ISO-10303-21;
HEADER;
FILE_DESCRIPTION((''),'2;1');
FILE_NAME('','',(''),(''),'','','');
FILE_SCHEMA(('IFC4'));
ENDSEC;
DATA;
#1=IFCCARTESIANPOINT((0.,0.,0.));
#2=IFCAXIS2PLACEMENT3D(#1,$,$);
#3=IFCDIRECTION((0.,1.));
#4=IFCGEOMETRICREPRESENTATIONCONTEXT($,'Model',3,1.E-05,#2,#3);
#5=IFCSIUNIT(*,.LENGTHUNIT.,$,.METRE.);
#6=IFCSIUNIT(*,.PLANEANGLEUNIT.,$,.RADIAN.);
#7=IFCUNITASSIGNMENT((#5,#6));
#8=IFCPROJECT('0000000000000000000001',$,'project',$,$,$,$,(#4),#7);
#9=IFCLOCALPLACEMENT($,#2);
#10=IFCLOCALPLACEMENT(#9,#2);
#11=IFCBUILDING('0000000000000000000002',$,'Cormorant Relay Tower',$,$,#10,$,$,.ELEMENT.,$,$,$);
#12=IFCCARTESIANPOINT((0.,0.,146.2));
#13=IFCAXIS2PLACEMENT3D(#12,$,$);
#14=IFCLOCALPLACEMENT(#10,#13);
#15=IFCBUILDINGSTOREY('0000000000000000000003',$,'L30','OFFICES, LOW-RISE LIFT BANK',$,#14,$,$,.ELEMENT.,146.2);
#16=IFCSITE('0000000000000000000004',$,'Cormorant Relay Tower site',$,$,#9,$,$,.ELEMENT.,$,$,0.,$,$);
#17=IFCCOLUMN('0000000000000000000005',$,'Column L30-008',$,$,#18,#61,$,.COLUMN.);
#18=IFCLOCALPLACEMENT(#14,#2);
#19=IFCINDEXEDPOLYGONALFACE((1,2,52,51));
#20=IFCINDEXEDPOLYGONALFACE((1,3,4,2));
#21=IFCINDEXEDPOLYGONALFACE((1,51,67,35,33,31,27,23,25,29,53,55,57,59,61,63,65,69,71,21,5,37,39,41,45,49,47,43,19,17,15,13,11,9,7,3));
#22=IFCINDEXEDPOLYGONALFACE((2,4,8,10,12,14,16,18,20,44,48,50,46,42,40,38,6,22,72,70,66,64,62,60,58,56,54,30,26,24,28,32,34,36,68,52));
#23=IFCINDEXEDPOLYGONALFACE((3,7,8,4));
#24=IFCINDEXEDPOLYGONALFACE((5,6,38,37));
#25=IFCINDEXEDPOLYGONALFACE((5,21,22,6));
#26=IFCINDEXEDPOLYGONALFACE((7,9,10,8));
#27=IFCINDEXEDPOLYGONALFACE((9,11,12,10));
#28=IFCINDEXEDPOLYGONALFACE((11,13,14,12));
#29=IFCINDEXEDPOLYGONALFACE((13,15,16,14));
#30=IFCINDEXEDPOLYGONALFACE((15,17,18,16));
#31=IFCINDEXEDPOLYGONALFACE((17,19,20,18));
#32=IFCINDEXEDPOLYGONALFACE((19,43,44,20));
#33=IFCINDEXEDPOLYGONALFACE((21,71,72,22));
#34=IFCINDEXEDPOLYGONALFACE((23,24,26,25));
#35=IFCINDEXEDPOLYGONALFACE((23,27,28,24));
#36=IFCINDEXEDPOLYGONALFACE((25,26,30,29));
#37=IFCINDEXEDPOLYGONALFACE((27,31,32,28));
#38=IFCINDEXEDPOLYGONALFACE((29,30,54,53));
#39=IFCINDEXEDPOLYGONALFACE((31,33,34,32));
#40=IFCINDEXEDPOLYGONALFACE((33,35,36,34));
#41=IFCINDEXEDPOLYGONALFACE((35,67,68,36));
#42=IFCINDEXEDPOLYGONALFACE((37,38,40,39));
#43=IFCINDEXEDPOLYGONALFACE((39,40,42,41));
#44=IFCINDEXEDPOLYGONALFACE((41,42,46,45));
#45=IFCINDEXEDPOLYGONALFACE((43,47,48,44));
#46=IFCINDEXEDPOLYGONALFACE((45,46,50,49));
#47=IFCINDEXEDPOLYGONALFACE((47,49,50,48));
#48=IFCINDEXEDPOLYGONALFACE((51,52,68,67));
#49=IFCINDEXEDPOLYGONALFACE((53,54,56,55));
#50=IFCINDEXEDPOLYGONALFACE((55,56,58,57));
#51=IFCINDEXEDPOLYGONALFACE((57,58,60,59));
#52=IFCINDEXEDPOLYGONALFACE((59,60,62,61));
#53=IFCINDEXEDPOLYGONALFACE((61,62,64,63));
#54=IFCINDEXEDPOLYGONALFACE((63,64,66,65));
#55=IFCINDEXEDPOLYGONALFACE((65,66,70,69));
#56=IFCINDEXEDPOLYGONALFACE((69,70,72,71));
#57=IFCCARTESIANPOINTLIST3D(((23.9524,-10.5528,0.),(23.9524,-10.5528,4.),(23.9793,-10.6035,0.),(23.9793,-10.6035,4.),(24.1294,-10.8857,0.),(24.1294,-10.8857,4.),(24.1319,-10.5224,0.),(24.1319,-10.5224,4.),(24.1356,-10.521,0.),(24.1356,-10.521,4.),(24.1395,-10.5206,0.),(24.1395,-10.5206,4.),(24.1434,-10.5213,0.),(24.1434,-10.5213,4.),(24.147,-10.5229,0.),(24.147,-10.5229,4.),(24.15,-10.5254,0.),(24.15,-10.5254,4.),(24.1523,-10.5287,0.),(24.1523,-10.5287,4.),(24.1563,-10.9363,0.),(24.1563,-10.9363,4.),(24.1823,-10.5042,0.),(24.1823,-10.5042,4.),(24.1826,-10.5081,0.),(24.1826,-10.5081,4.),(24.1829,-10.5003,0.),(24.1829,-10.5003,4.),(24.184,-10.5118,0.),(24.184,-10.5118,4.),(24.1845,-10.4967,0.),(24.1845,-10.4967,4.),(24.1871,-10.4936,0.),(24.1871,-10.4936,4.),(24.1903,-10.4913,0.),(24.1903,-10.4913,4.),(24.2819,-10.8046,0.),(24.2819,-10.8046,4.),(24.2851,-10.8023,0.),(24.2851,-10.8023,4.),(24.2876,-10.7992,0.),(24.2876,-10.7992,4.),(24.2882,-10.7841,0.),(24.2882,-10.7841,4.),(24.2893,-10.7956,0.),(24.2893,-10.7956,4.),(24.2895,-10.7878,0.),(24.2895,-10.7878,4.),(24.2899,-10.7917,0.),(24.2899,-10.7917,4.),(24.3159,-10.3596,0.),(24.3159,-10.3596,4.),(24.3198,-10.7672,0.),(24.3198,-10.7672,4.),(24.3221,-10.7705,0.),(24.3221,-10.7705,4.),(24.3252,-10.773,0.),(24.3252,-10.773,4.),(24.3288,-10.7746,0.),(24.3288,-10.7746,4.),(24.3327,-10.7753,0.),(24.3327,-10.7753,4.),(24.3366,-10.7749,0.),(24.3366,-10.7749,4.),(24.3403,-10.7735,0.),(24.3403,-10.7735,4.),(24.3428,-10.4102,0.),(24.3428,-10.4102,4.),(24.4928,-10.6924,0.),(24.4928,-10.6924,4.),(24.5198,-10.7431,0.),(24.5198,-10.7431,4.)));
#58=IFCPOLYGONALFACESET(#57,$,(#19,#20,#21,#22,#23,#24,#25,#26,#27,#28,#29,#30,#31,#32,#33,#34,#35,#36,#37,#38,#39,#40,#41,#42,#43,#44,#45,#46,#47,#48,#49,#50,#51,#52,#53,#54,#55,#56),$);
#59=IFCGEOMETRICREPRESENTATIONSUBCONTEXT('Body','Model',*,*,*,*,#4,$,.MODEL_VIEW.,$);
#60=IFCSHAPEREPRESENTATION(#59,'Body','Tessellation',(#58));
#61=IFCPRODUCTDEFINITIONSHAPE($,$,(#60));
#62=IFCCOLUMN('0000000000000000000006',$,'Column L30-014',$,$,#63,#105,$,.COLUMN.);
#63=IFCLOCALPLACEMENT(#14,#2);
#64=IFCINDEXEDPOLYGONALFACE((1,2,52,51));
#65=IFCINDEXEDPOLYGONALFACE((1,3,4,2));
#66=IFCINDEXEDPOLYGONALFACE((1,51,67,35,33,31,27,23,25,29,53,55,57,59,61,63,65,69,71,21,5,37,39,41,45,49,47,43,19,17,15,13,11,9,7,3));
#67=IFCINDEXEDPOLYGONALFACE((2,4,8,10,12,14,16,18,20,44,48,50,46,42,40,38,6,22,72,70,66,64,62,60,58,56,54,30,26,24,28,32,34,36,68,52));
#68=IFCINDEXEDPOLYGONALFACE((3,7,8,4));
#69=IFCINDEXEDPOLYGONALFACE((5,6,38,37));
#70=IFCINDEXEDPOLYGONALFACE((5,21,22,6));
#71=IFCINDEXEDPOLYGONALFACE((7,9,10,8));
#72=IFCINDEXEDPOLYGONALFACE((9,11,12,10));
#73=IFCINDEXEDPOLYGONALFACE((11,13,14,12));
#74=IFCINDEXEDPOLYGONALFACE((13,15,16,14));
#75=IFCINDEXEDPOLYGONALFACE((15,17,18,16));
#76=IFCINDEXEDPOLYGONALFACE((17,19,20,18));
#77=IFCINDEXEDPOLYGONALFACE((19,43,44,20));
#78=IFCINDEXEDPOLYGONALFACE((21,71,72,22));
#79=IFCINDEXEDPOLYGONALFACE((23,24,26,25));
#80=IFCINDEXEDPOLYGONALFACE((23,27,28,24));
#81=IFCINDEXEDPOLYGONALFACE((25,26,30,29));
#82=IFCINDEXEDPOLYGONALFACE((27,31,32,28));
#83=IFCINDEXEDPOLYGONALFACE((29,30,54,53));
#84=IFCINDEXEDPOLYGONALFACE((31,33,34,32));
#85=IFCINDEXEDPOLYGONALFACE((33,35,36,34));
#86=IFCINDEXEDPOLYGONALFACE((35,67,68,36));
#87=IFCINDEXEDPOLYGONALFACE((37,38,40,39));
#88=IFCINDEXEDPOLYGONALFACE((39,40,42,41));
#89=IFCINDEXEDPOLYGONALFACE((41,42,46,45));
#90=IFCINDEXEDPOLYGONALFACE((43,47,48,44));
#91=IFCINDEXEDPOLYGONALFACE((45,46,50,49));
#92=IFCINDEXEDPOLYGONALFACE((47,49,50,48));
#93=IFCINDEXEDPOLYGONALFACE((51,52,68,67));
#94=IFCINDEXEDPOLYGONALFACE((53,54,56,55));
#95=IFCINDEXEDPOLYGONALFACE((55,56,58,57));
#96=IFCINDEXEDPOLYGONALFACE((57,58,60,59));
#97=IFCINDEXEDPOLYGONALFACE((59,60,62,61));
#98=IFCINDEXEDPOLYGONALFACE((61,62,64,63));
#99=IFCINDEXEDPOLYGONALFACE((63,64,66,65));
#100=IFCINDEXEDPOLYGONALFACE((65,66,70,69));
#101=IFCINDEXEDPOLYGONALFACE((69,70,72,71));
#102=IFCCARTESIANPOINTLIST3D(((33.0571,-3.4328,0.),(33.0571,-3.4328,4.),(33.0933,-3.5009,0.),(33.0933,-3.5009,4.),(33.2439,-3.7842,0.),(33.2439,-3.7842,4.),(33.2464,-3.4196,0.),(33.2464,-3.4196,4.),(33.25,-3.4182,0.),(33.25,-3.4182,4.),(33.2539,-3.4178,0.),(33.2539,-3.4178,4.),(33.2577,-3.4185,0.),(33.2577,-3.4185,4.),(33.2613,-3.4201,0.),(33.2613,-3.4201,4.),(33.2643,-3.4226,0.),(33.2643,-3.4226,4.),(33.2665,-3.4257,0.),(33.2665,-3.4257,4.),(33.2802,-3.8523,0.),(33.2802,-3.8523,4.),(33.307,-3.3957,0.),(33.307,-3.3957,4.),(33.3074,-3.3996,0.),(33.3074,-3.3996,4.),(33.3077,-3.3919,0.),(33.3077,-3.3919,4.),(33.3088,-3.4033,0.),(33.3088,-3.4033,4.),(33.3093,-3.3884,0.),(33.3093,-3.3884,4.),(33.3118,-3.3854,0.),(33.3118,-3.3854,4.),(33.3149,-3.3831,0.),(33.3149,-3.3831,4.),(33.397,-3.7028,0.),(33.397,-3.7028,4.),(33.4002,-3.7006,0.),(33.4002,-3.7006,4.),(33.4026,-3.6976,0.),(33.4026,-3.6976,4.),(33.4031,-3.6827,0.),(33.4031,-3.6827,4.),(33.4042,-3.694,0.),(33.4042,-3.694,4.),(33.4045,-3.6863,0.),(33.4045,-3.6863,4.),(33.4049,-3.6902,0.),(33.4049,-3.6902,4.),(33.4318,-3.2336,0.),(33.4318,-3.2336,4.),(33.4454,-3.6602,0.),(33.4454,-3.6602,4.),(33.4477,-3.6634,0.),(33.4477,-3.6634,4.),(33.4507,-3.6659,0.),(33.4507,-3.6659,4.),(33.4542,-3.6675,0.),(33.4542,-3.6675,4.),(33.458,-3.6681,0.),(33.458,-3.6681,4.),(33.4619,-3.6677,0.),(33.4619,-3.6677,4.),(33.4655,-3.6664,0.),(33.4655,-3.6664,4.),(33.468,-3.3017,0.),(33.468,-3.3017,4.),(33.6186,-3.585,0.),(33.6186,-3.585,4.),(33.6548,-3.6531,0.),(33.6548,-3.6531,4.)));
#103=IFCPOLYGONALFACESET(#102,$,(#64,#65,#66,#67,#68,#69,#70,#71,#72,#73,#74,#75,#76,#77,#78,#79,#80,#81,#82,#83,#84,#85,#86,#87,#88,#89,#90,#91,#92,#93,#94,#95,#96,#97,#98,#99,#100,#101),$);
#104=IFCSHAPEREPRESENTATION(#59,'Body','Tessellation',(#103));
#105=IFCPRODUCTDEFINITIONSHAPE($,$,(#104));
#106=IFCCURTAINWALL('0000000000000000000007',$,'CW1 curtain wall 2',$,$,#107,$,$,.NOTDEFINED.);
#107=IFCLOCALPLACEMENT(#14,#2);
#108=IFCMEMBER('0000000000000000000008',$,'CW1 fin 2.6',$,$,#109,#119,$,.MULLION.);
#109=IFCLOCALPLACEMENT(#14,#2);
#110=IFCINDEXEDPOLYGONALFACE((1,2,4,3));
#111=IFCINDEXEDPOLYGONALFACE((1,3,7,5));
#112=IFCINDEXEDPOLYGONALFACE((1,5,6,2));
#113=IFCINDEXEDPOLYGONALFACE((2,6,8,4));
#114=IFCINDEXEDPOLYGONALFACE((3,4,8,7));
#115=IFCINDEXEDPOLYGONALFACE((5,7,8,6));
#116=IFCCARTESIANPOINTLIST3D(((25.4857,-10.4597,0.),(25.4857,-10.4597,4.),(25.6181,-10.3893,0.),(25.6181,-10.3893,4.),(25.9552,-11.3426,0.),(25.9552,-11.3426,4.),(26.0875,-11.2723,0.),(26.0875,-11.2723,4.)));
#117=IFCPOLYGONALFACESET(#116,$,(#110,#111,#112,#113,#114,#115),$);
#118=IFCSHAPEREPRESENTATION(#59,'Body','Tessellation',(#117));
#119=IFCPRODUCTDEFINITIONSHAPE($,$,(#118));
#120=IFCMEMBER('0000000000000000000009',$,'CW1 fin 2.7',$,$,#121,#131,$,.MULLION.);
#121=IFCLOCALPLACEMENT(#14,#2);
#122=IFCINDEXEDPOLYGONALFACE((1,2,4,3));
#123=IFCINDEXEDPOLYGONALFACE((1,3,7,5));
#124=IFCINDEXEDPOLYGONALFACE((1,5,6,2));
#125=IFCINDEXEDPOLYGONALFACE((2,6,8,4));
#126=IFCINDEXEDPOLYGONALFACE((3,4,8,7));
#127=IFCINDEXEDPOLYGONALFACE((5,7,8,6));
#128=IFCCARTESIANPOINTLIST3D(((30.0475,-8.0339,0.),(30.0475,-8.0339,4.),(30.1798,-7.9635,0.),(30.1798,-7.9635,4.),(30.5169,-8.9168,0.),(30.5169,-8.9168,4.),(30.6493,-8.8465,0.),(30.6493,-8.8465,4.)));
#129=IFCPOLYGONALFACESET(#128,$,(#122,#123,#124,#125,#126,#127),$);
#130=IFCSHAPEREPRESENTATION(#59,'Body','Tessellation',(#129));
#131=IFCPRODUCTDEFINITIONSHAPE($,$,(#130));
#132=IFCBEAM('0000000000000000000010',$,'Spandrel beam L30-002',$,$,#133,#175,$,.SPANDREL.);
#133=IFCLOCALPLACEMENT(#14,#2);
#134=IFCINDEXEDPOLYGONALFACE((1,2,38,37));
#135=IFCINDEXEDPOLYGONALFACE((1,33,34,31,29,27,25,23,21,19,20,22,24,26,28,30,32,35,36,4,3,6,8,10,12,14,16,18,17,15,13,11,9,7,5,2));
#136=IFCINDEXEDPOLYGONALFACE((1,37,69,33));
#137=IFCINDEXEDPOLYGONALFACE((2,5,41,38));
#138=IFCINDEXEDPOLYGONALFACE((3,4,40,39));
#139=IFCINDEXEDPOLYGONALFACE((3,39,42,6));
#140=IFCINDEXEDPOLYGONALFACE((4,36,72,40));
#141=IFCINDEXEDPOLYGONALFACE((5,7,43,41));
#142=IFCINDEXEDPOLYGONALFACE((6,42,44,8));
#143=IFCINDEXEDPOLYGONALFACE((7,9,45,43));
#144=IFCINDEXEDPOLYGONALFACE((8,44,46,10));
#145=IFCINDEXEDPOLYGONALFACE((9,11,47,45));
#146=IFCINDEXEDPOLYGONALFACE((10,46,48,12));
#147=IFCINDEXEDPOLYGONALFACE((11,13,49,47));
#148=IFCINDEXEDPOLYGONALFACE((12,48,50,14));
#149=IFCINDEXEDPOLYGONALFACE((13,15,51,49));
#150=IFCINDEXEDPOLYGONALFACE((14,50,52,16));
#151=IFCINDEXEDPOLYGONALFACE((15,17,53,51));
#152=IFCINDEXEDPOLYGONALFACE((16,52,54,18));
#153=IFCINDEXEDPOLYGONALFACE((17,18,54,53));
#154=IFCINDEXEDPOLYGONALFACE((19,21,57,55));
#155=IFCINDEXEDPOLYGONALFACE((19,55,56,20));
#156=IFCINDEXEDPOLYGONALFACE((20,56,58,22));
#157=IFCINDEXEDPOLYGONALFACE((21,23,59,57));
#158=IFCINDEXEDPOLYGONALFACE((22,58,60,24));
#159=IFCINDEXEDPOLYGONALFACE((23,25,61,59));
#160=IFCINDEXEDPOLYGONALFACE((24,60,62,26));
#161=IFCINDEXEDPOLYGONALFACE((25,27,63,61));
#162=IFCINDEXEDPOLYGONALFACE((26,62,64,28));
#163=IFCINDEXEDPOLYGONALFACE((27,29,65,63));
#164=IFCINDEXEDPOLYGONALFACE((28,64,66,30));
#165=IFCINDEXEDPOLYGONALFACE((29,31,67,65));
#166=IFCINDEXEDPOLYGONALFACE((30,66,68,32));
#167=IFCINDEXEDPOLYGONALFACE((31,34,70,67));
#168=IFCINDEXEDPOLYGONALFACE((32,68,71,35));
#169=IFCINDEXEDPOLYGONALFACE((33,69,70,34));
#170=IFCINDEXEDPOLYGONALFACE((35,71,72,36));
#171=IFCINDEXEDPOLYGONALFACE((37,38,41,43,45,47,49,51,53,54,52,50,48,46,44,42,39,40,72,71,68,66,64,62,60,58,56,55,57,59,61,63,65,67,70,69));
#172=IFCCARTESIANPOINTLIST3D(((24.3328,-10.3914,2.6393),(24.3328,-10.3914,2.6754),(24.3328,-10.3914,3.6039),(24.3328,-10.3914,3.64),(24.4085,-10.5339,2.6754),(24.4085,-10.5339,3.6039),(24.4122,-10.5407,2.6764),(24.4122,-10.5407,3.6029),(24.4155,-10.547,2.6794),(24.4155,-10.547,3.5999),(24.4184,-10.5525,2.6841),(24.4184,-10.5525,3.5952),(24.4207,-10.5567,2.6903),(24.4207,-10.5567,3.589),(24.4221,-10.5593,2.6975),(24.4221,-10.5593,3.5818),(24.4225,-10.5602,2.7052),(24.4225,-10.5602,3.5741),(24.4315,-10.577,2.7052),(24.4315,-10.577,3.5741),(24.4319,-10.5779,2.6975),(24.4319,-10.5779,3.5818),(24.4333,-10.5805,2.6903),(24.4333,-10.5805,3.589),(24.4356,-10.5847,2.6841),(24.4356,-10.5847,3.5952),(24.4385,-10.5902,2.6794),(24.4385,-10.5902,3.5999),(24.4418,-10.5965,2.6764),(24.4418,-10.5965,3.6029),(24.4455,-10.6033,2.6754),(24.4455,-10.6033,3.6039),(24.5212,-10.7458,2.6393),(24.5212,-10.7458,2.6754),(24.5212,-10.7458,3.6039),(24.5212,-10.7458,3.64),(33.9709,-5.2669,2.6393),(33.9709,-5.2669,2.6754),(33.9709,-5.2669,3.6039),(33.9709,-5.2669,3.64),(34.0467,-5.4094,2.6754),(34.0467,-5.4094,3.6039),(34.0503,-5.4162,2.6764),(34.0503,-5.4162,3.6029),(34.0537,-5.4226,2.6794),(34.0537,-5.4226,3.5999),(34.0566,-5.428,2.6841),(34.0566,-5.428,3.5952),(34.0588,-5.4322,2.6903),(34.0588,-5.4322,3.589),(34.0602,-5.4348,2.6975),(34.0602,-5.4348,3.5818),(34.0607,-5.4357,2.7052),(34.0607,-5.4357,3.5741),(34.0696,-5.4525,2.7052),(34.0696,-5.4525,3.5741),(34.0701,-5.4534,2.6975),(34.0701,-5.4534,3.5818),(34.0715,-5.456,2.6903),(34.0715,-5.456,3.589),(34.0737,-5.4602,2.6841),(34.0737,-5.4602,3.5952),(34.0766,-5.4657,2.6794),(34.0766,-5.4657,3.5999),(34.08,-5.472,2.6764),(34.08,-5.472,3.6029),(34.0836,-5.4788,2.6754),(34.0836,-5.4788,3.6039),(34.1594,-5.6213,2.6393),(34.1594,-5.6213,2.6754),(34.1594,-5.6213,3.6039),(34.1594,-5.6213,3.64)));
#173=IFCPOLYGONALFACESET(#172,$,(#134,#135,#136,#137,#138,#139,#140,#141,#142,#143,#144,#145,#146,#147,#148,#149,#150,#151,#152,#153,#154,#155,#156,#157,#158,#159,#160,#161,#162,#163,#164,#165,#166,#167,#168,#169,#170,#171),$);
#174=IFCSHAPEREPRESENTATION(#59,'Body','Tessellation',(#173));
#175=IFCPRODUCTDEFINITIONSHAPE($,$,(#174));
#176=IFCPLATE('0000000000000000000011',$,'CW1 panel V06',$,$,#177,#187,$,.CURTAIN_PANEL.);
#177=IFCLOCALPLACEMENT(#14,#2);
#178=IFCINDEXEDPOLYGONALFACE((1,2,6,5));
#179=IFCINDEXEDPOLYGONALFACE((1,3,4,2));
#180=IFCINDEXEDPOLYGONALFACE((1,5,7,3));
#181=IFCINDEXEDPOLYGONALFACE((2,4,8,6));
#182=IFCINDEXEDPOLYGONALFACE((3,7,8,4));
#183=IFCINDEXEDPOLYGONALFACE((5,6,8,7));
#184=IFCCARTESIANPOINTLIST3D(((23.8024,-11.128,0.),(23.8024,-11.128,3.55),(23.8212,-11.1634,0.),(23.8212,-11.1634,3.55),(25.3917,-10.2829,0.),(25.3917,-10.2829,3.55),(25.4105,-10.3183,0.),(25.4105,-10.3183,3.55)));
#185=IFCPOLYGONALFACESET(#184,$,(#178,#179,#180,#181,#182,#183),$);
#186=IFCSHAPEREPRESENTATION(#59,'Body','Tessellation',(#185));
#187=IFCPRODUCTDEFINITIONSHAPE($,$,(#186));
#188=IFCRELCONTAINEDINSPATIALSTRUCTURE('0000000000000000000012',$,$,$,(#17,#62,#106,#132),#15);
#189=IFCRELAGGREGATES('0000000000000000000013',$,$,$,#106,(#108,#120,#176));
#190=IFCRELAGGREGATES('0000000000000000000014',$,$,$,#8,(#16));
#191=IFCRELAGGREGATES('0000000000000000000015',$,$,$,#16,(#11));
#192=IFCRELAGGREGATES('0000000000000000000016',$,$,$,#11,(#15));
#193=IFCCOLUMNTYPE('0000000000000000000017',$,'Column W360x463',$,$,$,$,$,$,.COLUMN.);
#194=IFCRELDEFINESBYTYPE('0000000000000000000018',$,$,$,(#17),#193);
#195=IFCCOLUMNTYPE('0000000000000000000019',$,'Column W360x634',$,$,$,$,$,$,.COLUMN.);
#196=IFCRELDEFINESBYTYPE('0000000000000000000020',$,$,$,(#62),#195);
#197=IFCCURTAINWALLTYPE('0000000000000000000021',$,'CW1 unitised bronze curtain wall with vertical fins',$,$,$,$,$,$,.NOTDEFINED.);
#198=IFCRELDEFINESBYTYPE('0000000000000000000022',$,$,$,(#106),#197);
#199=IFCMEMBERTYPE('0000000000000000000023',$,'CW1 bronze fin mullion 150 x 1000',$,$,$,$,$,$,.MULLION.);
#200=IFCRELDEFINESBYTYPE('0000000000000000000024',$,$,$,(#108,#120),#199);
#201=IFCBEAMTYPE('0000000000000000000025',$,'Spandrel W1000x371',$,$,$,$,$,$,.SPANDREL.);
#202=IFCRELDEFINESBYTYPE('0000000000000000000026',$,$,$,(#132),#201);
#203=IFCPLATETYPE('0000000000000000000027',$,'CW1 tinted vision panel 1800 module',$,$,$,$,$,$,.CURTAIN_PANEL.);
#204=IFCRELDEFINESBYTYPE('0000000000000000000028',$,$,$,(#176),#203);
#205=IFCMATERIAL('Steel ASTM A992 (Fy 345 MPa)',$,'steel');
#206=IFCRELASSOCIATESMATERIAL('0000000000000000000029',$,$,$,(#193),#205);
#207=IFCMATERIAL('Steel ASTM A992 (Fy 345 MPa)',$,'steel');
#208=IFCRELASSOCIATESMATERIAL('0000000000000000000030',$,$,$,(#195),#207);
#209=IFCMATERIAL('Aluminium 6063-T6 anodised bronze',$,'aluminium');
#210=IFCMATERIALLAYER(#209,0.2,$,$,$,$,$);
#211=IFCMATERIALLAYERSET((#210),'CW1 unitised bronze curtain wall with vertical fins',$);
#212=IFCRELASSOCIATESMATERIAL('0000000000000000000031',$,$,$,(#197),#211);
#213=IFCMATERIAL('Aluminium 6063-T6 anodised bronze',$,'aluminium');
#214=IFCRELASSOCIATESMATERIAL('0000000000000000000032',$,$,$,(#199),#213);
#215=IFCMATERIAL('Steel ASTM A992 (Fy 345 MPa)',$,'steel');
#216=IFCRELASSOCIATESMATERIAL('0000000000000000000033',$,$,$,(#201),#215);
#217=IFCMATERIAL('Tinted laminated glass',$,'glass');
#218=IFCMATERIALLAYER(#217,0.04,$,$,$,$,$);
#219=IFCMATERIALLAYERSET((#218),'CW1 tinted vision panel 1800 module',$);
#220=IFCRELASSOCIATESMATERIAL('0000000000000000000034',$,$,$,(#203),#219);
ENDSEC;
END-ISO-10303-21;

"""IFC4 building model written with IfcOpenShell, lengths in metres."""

from ifc_helpers import new_model, si_unit, direction, frame, origin, origin_2d, place, context, subcontext, project, spatial, rectangle, i_section, extrude, material, layer, layer_set, material_profile, profile_set, type_object, element, aggregate, save


model = new_model("IFC4")

# Units and contexts
model_context = context("Model", 3, precision=1e-05, world=origin(), true_north=direction((0.0, 1.0)))
body_context = subcontext(model_context, "Body", "Model", "MODEL_VIEW")
ifc_project = project(units=[si_unit("LENGTHUNIT", "METRE"), si_unit("PLANEANGLEUNIT", "RADIAN")], contexts=[model_context])

# Site, building, storey
site_placement = place(None, origin())
site = spatial("IfcSite", under=ifc_project, at=site_placement, Name="Cormorant Relay Tower site", CompositionType="ELEMENT", RefElevation=0.0)
building_placement = place(site_placement, origin())
building = spatial("IfcBuilding", under=site, at=building_placement, Name="Cormorant Relay Tower", CompositionType="ELEMENT")
storey_placement = place(building_placement, frame((0.0, 0.0, 146.2)))
storey = spatial("IfcBuildingStorey", under=building, at=storey_placement, Name="L30", Description="OFFICES, LOW-RISE LIFT BANK", CompositionType="ELEMENT", Elevation=146.2)

# Columns
ifc_material_1 = material(Name="Steel ASTM A992 (Fy 345 MPa)", Category="steel")
ifc_material_profile_1 = material_profile(ifc_material_1, i_section(OverallWidth=0.4116, OverallDepth=0.4343, WebThickness=0.0359, FlangeThickness=0.0574, FilletRadius=0.0151, at=origin_2d()), Name="W360x463")
ifc_profile_set_1 = profile_set([ifc_material_profile_1], Name="Steel ASTM A992 (Fy 345 MPa)")
column_type_1 = type_object("IfcColumnType", Name="Column W360x463", PredefinedType="COLUMN", material=ifc_profile_set_1)
column_1_placement = place(storey_placement, frame((24.2361, -10.6479, 0.0), z_axis=(0.0, 0.0, 1.0), x_axis=(0.882948, 0.469472, 0.0)))
element("IfcColumn", 1, at=column_1_placement, inside=storey, type_object=column_type_1, Name="Column L30-008", PredefinedType="COLUMN", context=body_context, shape_type="SweptSolid", body=[
    extrude(i_section(OverallWidth=0.4116, OverallDepth=0.4343, WebThickness=0.0359, FlangeThickness=0.0574, FilletRadius=0.0151, at=origin_2d()), origin(), (0.0, 0.0, 1.0), 4.0),
])
ifc_material_2 = material(Name="Steel ASTM A992 (Fy 345 MPa)", Category="steel")
ifc_material_profile_2 = material_profile(ifc_material_2, i_section(OverallWidth=0.4243, OverallDepth=0.4751, WebThickness=0.0479, FlangeThickness=0.0771, FilletRadius=0.0149, at=origin_2d()), Name="W360x634")
ifc_profile_set_2 = profile_set([ifc_material_profile_2], Name="Steel ASTM A992 (Fy 345 MPa)")
column_type_2 = type_object("IfcColumnType", Name="Column W360x634", PredefinedType="COLUMN", material=ifc_profile_set_2)
column_2_placement = place(storey_placement, frame((33.356, -3.543, 0.0), z_axis=(0.0, 0.0, 1.0), x_axis=(0.882948, 0.469472, 0.0)))
element("IfcColumn", 2, at=column_2_placement, inside=storey, type_object=column_type_2, Name="Column L30-014", PredefinedType="COLUMN", context=body_context, shape_type="SweptSolid", body=[
    extrude(i_section(OverallWidth=0.4243, OverallDepth=0.4751, WebThickness=0.0479, FlangeThickness=0.0771, FilletRadius=0.0149, at=origin_2d()), origin(), (0.0, 0.0, 1.0), 4.0),
])

# Curtain wall, members
ifc_material_3 = material(Name="Aluminium 6063-T6 anodised bronze", Category="aluminium")
ifc_layer_1 = layer(ifc_material_3, 0.2)
ifc_layer_set_1 = layer_set([ifc_layer_1], Name="CW1 unitised bronze curtain wall with vertical fins")
curtain_wall_type = type_object("IfcCurtainWallType", Name="CW1 unitised bronze curtain wall with vertical fins", PredefinedType="NOTDEFINED", material=ifc_layer_set_1)
curtain_wall_placement = place(storey_placement, origin())
curtain_wall = element("IfcCurtainWall", 3, at=curtain_wall_placement, inside=storey, type_object=curtain_wall_type, Name="CW1 curtain wall 2", PredefinedType="NOTDEFINED")
ifc_material_4 = material(Name="Aluminium 6063-T6 anodised bronze", Category="aluminium")
ifc_material_profile_3 = material_profile(ifc_material_4, rectangle(XDim=0.1499, YDim=1.0, at=origin_2d()), Name="AL 150x1000")
ifc_profile_set_3 = profile_set([ifc_material_profile_3], Name="Aluminium 6063-T6 anodised bronze")
member_type = type_object("IfcMemberType", Name="CW1 bronze fin mullion 150 x 1000", PredefinedType="MULLION", material=ifc_profile_set_3)
member_1_placement = place(storey_placement, frame((25.7866, -10.866, 0.0), z_axis=(0.0, 0.0, 1.0), x_axis=(0.882948, 0.469472, 0.0)))
member_1 = element("IfcMember", 4, at=member_1_placement, type_object=member_type, Name="CW1 fin 2.6", PredefinedType="MULLION", context=body_context, shape_type="SweptSolid", body=[
    extrude(rectangle(XDim=0.1499, YDim=1.0, at=origin_2d()), origin(), (0.0, 0.0, 1.0), 4.0),
])
member_2_placement = place(storey_placement, frame((30.3484, -8.4402, 0.0), z_axis=(0.0, 0.0, 1.0), x_axis=(0.882948, 0.469472, 0.0)))
member_2 = element("IfcMember", 5, at=member_2_placement, type_object=member_type, Name="CW1 fin 2.7", PredefinedType="MULLION", context=body_context, shape_type="SweptSolid", body=[
    extrude(rectangle(XDim=0.1499, YDim=1.0, at=origin_2d()), origin(), (0.0, 0.0, 1.0), 4.0),
])

# Beam
ifc_material_5 = material(Name="Steel ASTM A992 (Fy 345 MPa)", Category="steel")
ifc_material_profile_4 = material_profile(ifc_material_5, i_section(OverallWidth=0.4014, OverallDepth=1.0007, WebThickness=0.019, FlangeThickness=0.0361, FilletRadius=0.0298, at=origin_2d()), Name="W1000x371")
ifc_profile_set_4 = profile_set([ifc_material_profile_4], Name="Steel ASTM A992 (Fy 345 MPa)")
beam_type = type_object("IfcBeamType", Name="Spandrel W1000x371", PredefinedType="SPANDREL", material=ifc_profile_set_4)
beam_placement = place(storey_placement, frame((24.427, -10.5686, 3.1396), z_axis=(0.882955, 0.469457, 0.0), x_axis=(-0.469457, 0.882955, 0.0)))
element("IfcBeam", 6, at=beam_placement, inside=storey, type_object=beam_type, Name="Spandrel beam L30-002", PredefinedType="SPANDREL", context=body_context, shape_type="SweptSolid", body=[
    extrude(i_section(OverallWidth=0.4014, OverallDepth=1.0007, WebThickness=0.019, FlangeThickness=0.0361, FilletRadius=0.0298, at=origin_2d()), origin(), (0.0, 0.0, 1.0), 10.9158),
])

# Plate
ifc_material_6 = material(Name="Tinted laminated glass", Category="glass")
ifc_layer_2 = layer(ifc_material_6, 0.04)
ifc_layer_set_2 = layer_set([ifc_layer_2], Name="CW1 tinted vision panel 1800 module")
plate_type_1 = type_object("IfcPlateType", Name="CW1 tinted vision panel 1800 module", PredefinedType="CURTAIN_PANEL", material=ifc_layer_set_2)
plate_1_placement = place(storey_placement, frame((24.6064, -10.7231, 0.0), z_axis=(0.0, 0.0, 1.0), x_axis=(0.882948, 0.469472, 0.0)))
plate_1 = element("IfcPlate", 7, at=plate_1_placement, type_object=plate_type_1, Name="CW1 panel V06", PredefinedType="CURTAIN_PANEL", context=body_context, shape_type="SweptSolid", body=[
    extrude(rectangle(XDim=1.8, YDim=0.04, at=origin_2d()), origin(), (0.0, 0.0, 1.0), 3.55),
])

aggregate(curtain_wall, [member_1, member_2, plate_1])

save(model, "model.ifc")
